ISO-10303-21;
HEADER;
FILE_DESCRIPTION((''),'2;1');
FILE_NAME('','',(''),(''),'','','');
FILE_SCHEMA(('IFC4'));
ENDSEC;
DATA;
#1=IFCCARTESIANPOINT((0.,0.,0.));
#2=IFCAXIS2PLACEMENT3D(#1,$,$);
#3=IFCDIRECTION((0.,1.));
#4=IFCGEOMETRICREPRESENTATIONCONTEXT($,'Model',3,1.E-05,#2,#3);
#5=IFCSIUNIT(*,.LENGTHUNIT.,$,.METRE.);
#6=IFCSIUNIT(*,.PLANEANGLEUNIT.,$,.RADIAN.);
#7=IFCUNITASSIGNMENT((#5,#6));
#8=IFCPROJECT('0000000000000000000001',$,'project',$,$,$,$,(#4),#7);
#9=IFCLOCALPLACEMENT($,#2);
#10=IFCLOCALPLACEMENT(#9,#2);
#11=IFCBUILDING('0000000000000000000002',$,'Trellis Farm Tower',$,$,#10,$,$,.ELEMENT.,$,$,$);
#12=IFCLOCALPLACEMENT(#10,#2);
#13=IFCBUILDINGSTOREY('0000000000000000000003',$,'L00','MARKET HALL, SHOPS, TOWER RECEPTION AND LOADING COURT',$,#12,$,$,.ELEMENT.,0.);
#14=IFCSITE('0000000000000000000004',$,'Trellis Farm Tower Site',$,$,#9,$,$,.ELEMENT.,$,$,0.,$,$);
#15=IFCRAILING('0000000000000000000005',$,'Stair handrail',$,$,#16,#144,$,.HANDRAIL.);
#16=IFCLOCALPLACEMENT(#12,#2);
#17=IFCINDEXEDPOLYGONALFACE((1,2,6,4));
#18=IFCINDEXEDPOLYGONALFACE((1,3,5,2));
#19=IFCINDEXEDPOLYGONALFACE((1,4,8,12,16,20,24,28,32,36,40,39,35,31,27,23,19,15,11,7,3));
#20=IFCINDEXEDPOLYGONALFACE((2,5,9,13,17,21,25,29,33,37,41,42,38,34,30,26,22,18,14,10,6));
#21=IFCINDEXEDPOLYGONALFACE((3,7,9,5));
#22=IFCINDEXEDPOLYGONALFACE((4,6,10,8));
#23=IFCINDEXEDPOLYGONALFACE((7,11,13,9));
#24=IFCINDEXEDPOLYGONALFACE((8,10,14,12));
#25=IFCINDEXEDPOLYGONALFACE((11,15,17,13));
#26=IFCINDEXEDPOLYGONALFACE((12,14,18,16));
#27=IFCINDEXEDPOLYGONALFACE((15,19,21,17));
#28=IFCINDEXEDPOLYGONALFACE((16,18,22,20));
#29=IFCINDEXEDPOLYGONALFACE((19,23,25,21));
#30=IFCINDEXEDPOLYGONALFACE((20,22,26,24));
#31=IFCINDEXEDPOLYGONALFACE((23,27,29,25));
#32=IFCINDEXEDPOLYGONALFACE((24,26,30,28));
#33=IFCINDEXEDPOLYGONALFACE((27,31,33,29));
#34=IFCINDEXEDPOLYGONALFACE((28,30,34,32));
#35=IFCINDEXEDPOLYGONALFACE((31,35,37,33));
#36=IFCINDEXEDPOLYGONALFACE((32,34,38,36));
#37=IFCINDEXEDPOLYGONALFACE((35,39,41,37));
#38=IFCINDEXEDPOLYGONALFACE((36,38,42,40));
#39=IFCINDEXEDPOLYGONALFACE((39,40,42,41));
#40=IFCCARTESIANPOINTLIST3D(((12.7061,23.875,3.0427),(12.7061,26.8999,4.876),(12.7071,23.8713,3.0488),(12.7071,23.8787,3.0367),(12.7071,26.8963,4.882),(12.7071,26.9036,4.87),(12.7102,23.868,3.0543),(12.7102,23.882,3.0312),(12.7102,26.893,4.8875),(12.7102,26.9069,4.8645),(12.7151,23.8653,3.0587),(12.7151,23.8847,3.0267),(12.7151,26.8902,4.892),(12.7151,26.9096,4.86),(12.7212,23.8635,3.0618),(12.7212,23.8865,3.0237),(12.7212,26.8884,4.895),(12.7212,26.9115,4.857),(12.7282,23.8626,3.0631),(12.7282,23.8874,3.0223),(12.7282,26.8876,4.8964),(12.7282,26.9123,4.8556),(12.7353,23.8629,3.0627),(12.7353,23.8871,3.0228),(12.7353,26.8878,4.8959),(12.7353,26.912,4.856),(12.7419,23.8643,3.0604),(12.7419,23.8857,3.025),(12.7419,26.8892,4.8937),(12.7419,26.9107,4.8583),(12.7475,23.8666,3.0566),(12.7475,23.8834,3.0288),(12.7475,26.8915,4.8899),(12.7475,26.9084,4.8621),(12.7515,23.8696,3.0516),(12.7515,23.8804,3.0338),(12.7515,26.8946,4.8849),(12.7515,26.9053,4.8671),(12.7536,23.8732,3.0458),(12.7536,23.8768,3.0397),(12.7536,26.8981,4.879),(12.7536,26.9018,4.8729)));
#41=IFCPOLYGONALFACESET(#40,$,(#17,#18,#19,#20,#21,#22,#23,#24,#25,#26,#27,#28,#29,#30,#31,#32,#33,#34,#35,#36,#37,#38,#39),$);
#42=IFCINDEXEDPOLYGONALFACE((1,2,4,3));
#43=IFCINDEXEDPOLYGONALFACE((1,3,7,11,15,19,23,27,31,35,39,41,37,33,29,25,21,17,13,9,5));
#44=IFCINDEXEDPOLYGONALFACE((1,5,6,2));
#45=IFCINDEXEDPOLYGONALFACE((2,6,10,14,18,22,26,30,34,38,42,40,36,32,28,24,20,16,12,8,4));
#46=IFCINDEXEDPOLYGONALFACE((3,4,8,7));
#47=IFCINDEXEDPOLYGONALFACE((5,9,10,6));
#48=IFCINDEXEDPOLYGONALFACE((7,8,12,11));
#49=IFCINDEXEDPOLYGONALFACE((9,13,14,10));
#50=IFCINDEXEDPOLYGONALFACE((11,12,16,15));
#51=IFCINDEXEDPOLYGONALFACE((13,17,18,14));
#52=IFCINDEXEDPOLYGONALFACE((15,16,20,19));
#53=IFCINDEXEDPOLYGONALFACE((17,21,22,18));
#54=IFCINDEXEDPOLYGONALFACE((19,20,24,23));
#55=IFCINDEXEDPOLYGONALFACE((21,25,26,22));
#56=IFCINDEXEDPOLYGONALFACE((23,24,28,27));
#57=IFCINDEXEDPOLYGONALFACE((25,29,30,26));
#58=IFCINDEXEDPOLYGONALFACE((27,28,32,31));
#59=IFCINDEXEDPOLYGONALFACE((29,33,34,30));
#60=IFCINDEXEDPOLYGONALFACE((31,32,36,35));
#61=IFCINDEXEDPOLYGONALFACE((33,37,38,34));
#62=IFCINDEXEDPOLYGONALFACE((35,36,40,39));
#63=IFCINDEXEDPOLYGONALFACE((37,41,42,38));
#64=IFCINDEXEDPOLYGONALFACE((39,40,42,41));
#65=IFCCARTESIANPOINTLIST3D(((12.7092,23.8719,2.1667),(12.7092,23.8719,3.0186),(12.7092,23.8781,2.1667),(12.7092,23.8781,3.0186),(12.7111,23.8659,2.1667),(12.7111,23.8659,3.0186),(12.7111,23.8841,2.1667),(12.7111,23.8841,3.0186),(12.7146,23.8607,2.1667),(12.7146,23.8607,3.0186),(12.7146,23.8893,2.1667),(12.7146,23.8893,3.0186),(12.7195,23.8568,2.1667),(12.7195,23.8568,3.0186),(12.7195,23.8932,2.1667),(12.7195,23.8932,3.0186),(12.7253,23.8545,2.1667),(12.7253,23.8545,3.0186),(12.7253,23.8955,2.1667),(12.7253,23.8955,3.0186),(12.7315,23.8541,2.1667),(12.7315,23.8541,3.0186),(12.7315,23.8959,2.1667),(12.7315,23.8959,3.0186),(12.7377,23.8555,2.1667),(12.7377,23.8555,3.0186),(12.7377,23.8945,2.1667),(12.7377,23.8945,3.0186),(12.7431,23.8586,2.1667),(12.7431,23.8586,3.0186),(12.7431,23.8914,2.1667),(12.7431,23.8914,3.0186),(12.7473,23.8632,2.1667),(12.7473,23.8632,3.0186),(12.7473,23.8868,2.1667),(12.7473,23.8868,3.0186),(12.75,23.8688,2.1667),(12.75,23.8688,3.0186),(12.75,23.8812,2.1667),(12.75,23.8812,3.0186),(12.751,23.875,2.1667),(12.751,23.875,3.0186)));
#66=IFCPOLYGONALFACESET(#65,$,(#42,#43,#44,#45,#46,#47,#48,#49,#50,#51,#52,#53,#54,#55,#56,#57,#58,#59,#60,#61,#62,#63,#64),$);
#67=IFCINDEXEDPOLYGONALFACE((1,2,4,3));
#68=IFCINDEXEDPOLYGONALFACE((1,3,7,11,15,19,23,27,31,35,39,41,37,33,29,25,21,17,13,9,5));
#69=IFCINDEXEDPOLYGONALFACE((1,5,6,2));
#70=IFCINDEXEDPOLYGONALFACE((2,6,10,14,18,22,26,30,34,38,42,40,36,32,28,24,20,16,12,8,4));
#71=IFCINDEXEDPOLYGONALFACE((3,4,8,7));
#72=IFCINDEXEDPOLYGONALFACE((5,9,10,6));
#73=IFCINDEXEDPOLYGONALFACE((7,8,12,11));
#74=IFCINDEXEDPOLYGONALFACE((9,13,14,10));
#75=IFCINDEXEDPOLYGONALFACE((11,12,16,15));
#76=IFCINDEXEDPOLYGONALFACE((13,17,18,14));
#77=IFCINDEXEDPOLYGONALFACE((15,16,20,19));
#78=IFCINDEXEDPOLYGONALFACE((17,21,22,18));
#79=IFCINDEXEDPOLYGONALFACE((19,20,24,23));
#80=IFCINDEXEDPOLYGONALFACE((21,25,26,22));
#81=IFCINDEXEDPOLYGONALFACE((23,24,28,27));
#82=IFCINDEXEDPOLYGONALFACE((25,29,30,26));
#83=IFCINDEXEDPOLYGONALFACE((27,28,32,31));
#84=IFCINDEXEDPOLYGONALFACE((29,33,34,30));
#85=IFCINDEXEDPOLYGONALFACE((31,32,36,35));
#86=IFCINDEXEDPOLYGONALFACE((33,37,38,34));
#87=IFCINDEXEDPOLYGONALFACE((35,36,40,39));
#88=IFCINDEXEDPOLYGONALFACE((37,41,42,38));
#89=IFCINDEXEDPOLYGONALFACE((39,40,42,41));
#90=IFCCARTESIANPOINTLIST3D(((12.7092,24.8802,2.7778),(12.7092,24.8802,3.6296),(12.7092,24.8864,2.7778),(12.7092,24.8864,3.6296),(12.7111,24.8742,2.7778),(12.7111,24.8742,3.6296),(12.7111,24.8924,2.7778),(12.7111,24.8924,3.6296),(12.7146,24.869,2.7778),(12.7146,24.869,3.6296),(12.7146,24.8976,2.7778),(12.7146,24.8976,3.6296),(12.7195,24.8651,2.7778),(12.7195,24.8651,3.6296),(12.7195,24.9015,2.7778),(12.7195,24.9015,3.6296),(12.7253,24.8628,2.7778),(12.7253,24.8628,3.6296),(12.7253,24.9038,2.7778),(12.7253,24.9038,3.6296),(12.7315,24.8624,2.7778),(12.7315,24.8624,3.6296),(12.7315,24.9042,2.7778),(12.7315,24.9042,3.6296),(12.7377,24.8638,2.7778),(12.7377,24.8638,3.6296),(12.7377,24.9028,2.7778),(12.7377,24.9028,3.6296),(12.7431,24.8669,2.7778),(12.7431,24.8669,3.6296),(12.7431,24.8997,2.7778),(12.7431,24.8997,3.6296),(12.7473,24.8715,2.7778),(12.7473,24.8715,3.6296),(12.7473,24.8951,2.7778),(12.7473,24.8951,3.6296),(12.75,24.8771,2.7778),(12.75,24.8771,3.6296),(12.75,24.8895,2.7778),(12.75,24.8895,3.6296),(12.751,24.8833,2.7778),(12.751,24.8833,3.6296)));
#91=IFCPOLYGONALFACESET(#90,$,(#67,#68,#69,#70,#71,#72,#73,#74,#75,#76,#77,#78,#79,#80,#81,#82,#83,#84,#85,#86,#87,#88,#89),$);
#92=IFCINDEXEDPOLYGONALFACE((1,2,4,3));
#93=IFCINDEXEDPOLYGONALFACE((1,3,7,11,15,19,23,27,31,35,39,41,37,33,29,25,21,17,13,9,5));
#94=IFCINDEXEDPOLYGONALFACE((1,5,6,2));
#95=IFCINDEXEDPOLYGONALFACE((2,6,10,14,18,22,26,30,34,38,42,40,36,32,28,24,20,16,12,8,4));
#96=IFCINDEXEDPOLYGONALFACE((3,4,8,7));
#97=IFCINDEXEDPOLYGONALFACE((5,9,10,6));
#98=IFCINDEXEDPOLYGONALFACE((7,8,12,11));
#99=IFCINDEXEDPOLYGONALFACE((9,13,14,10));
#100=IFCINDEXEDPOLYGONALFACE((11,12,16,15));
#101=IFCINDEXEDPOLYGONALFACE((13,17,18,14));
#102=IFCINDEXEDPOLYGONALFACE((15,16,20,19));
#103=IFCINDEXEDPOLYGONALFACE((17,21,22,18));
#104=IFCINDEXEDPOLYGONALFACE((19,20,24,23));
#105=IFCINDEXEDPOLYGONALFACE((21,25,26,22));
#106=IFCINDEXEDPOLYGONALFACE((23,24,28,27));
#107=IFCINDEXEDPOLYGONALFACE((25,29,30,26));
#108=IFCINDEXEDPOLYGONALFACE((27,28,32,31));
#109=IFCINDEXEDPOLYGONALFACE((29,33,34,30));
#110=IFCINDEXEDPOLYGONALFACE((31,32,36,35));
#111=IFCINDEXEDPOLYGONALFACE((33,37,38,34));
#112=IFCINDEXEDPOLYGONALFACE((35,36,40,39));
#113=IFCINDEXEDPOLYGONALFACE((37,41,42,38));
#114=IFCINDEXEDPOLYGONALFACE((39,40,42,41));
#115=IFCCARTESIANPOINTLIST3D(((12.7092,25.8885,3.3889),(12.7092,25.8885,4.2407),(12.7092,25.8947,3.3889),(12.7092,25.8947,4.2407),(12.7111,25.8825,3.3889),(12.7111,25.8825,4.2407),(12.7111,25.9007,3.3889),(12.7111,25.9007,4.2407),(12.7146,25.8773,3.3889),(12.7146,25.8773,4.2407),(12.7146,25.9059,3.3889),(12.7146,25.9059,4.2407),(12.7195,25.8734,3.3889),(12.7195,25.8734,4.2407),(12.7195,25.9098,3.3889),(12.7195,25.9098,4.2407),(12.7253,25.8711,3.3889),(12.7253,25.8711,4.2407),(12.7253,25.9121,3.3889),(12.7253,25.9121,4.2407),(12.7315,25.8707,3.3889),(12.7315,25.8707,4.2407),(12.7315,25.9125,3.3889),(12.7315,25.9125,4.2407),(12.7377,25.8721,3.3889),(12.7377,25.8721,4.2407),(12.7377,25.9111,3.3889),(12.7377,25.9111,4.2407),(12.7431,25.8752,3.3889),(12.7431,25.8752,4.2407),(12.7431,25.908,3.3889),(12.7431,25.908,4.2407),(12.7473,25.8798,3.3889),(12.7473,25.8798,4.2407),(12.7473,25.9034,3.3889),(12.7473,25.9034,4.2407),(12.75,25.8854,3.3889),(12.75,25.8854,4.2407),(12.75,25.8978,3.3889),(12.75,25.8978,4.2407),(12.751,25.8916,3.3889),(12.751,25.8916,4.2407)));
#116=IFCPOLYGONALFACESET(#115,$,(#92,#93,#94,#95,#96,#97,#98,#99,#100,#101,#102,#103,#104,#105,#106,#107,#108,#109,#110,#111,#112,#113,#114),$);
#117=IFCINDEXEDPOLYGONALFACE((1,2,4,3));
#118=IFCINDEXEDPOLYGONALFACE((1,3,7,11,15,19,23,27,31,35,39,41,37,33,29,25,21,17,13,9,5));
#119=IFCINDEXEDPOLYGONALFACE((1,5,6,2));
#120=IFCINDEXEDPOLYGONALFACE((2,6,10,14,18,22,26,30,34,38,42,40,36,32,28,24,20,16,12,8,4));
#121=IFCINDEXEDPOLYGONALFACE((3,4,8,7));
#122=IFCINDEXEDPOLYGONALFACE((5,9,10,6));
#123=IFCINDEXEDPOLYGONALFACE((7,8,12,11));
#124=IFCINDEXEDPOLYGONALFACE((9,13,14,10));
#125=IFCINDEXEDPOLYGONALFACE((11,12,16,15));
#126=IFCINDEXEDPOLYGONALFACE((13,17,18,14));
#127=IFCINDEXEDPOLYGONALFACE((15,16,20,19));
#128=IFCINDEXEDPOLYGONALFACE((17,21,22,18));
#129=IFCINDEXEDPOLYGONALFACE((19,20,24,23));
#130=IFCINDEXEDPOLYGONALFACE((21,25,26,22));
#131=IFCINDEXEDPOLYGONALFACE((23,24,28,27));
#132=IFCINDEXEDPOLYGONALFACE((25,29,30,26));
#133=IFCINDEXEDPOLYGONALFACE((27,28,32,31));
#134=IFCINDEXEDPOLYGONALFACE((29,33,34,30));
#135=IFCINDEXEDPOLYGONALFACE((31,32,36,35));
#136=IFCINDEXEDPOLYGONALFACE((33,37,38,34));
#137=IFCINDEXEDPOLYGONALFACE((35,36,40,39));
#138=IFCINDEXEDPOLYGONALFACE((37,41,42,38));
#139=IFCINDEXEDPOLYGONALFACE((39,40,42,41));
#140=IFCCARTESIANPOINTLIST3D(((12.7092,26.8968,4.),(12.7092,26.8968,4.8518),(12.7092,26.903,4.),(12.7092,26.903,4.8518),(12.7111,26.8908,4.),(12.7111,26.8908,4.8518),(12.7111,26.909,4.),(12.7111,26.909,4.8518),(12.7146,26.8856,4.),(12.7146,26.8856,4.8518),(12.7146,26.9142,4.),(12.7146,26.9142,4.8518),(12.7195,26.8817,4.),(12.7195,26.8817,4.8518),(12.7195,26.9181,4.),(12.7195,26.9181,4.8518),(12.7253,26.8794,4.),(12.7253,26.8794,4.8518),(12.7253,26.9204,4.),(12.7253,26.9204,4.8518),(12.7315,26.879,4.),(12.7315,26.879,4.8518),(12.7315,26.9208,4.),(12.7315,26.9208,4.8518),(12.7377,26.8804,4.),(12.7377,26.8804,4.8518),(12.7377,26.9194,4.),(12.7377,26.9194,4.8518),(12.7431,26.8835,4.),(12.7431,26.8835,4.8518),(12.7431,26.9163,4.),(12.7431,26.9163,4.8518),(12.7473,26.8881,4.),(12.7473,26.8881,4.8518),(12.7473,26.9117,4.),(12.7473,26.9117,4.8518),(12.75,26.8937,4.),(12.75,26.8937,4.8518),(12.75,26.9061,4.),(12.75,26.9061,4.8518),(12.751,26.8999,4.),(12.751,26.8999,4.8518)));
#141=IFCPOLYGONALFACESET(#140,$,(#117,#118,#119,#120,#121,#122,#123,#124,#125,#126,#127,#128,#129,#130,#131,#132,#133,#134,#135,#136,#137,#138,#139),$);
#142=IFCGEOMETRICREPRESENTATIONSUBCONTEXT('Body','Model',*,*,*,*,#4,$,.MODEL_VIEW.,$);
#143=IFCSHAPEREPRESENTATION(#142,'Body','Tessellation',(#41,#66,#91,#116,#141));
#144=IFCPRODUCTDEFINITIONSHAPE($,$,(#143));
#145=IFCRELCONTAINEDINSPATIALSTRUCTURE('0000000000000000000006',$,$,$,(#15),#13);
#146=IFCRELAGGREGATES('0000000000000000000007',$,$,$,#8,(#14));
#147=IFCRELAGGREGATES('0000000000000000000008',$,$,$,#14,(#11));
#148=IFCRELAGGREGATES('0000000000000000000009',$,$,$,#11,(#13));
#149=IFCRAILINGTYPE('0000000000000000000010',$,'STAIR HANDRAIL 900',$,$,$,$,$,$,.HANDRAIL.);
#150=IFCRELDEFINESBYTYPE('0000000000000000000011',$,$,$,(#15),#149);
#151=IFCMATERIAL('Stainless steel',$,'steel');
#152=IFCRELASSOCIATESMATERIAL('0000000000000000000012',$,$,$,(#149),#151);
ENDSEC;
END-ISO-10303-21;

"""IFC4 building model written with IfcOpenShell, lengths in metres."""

from ifc_helpers import new_model, si_unit, direction, frame, origin, origin_2d, place, context, subcontext, project, spatial, circle, extrude, source, transform, mapped, material, type_object, element, save


model = new_model("IFC4")

# Units and contexts
model_context = context("Model", 3, precision=1e-05, world=origin(), true_north=direction((0.0, 1.0)))
body_context = subcontext(model_context, "Body", "Model", "MODEL_VIEW")
ifc_project = project(units=[si_unit("LENGTHUNIT", "METRE"), si_unit("PLANEANGLEUNIT", "RADIAN")], contexts=[model_context])

# Site, building, storey
site_placement = place(None, origin())
site = spatial("IfcSite", under=ifc_project, at=site_placement, Name="Trellis Farm Tower Site", CompositionType="ELEMENT", RefElevation=0.0)
building_placement = place(site_placement, origin())
building = spatial("IfcBuilding", under=site, at=building_placement, Name="Trellis Farm Tower", CompositionType="ELEMENT")
storey_placement = place(building_placement, origin())
storey = spatial("IfcBuildingStorey", under=building, at=storey_placement, Name="L00", Description="MARKET HALL, SHOPS, TOWER RECEPTION AND LOADING COURT", CompositionType="ELEMENT", Elevation=0.0)

# Railing
ifc_material_1 = material(Name="Stainless steel", Category="steel")
railing_type = type_object("IfcRailingType", Name="STAIR HANDRAIL 900", PredefinedType="HANDRAIL", material=ifc_material_1)
shared_shape_1 = source(origin(), body_context, "Body", "SweptSolid", [
    extrude(circle(Radius=0.0239, at=origin_2d()), frame((0.0, 0.0, 0.876), z_axis=(0.0, 0.855201, 0.518297), x_axis=(-1.0, 0.0, 0.0)), (0.0, 0.0, 1.0), 3.5371),
    extrude(circle(Radius=0.021, at=origin_2d()), origin(), (0.0, 0.0, 1.0), 0.8518),
    extrude(circle(Radius=0.021, at=origin_2d()), frame((0.0, 1.0083, 0.6111)), (0.0, 0.0, 1.0), 0.8518),
    extrude(circle(Radius=0.021, at=origin_2d()), frame((0.0, 2.0166, 1.2222)), (0.0, 0.0, 1.0), 0.8518),
    extrude(circle(Radius=0.021, at=origin_2d()), frame((0.0, 3.0249, 1.8333)), (0.0, 0.0, 1.0), 0.8518),
])
for number, where, name in (
    (1, (12.73, 23.875, 2.1667), "Stair handrail"),
):
    element("IfcRailing", number, at=place(storey_placement, frame(where)), inside=storey, type_object=railing_type, Name=name, PredefinedType="HANDRAIL", context=body_context, shape_type="MappedRepresentation", body=[
        mapped(shared_shape_1, transform((0.0, 0.0, 0.0))),
    ])

save(model, "model.ifc")
